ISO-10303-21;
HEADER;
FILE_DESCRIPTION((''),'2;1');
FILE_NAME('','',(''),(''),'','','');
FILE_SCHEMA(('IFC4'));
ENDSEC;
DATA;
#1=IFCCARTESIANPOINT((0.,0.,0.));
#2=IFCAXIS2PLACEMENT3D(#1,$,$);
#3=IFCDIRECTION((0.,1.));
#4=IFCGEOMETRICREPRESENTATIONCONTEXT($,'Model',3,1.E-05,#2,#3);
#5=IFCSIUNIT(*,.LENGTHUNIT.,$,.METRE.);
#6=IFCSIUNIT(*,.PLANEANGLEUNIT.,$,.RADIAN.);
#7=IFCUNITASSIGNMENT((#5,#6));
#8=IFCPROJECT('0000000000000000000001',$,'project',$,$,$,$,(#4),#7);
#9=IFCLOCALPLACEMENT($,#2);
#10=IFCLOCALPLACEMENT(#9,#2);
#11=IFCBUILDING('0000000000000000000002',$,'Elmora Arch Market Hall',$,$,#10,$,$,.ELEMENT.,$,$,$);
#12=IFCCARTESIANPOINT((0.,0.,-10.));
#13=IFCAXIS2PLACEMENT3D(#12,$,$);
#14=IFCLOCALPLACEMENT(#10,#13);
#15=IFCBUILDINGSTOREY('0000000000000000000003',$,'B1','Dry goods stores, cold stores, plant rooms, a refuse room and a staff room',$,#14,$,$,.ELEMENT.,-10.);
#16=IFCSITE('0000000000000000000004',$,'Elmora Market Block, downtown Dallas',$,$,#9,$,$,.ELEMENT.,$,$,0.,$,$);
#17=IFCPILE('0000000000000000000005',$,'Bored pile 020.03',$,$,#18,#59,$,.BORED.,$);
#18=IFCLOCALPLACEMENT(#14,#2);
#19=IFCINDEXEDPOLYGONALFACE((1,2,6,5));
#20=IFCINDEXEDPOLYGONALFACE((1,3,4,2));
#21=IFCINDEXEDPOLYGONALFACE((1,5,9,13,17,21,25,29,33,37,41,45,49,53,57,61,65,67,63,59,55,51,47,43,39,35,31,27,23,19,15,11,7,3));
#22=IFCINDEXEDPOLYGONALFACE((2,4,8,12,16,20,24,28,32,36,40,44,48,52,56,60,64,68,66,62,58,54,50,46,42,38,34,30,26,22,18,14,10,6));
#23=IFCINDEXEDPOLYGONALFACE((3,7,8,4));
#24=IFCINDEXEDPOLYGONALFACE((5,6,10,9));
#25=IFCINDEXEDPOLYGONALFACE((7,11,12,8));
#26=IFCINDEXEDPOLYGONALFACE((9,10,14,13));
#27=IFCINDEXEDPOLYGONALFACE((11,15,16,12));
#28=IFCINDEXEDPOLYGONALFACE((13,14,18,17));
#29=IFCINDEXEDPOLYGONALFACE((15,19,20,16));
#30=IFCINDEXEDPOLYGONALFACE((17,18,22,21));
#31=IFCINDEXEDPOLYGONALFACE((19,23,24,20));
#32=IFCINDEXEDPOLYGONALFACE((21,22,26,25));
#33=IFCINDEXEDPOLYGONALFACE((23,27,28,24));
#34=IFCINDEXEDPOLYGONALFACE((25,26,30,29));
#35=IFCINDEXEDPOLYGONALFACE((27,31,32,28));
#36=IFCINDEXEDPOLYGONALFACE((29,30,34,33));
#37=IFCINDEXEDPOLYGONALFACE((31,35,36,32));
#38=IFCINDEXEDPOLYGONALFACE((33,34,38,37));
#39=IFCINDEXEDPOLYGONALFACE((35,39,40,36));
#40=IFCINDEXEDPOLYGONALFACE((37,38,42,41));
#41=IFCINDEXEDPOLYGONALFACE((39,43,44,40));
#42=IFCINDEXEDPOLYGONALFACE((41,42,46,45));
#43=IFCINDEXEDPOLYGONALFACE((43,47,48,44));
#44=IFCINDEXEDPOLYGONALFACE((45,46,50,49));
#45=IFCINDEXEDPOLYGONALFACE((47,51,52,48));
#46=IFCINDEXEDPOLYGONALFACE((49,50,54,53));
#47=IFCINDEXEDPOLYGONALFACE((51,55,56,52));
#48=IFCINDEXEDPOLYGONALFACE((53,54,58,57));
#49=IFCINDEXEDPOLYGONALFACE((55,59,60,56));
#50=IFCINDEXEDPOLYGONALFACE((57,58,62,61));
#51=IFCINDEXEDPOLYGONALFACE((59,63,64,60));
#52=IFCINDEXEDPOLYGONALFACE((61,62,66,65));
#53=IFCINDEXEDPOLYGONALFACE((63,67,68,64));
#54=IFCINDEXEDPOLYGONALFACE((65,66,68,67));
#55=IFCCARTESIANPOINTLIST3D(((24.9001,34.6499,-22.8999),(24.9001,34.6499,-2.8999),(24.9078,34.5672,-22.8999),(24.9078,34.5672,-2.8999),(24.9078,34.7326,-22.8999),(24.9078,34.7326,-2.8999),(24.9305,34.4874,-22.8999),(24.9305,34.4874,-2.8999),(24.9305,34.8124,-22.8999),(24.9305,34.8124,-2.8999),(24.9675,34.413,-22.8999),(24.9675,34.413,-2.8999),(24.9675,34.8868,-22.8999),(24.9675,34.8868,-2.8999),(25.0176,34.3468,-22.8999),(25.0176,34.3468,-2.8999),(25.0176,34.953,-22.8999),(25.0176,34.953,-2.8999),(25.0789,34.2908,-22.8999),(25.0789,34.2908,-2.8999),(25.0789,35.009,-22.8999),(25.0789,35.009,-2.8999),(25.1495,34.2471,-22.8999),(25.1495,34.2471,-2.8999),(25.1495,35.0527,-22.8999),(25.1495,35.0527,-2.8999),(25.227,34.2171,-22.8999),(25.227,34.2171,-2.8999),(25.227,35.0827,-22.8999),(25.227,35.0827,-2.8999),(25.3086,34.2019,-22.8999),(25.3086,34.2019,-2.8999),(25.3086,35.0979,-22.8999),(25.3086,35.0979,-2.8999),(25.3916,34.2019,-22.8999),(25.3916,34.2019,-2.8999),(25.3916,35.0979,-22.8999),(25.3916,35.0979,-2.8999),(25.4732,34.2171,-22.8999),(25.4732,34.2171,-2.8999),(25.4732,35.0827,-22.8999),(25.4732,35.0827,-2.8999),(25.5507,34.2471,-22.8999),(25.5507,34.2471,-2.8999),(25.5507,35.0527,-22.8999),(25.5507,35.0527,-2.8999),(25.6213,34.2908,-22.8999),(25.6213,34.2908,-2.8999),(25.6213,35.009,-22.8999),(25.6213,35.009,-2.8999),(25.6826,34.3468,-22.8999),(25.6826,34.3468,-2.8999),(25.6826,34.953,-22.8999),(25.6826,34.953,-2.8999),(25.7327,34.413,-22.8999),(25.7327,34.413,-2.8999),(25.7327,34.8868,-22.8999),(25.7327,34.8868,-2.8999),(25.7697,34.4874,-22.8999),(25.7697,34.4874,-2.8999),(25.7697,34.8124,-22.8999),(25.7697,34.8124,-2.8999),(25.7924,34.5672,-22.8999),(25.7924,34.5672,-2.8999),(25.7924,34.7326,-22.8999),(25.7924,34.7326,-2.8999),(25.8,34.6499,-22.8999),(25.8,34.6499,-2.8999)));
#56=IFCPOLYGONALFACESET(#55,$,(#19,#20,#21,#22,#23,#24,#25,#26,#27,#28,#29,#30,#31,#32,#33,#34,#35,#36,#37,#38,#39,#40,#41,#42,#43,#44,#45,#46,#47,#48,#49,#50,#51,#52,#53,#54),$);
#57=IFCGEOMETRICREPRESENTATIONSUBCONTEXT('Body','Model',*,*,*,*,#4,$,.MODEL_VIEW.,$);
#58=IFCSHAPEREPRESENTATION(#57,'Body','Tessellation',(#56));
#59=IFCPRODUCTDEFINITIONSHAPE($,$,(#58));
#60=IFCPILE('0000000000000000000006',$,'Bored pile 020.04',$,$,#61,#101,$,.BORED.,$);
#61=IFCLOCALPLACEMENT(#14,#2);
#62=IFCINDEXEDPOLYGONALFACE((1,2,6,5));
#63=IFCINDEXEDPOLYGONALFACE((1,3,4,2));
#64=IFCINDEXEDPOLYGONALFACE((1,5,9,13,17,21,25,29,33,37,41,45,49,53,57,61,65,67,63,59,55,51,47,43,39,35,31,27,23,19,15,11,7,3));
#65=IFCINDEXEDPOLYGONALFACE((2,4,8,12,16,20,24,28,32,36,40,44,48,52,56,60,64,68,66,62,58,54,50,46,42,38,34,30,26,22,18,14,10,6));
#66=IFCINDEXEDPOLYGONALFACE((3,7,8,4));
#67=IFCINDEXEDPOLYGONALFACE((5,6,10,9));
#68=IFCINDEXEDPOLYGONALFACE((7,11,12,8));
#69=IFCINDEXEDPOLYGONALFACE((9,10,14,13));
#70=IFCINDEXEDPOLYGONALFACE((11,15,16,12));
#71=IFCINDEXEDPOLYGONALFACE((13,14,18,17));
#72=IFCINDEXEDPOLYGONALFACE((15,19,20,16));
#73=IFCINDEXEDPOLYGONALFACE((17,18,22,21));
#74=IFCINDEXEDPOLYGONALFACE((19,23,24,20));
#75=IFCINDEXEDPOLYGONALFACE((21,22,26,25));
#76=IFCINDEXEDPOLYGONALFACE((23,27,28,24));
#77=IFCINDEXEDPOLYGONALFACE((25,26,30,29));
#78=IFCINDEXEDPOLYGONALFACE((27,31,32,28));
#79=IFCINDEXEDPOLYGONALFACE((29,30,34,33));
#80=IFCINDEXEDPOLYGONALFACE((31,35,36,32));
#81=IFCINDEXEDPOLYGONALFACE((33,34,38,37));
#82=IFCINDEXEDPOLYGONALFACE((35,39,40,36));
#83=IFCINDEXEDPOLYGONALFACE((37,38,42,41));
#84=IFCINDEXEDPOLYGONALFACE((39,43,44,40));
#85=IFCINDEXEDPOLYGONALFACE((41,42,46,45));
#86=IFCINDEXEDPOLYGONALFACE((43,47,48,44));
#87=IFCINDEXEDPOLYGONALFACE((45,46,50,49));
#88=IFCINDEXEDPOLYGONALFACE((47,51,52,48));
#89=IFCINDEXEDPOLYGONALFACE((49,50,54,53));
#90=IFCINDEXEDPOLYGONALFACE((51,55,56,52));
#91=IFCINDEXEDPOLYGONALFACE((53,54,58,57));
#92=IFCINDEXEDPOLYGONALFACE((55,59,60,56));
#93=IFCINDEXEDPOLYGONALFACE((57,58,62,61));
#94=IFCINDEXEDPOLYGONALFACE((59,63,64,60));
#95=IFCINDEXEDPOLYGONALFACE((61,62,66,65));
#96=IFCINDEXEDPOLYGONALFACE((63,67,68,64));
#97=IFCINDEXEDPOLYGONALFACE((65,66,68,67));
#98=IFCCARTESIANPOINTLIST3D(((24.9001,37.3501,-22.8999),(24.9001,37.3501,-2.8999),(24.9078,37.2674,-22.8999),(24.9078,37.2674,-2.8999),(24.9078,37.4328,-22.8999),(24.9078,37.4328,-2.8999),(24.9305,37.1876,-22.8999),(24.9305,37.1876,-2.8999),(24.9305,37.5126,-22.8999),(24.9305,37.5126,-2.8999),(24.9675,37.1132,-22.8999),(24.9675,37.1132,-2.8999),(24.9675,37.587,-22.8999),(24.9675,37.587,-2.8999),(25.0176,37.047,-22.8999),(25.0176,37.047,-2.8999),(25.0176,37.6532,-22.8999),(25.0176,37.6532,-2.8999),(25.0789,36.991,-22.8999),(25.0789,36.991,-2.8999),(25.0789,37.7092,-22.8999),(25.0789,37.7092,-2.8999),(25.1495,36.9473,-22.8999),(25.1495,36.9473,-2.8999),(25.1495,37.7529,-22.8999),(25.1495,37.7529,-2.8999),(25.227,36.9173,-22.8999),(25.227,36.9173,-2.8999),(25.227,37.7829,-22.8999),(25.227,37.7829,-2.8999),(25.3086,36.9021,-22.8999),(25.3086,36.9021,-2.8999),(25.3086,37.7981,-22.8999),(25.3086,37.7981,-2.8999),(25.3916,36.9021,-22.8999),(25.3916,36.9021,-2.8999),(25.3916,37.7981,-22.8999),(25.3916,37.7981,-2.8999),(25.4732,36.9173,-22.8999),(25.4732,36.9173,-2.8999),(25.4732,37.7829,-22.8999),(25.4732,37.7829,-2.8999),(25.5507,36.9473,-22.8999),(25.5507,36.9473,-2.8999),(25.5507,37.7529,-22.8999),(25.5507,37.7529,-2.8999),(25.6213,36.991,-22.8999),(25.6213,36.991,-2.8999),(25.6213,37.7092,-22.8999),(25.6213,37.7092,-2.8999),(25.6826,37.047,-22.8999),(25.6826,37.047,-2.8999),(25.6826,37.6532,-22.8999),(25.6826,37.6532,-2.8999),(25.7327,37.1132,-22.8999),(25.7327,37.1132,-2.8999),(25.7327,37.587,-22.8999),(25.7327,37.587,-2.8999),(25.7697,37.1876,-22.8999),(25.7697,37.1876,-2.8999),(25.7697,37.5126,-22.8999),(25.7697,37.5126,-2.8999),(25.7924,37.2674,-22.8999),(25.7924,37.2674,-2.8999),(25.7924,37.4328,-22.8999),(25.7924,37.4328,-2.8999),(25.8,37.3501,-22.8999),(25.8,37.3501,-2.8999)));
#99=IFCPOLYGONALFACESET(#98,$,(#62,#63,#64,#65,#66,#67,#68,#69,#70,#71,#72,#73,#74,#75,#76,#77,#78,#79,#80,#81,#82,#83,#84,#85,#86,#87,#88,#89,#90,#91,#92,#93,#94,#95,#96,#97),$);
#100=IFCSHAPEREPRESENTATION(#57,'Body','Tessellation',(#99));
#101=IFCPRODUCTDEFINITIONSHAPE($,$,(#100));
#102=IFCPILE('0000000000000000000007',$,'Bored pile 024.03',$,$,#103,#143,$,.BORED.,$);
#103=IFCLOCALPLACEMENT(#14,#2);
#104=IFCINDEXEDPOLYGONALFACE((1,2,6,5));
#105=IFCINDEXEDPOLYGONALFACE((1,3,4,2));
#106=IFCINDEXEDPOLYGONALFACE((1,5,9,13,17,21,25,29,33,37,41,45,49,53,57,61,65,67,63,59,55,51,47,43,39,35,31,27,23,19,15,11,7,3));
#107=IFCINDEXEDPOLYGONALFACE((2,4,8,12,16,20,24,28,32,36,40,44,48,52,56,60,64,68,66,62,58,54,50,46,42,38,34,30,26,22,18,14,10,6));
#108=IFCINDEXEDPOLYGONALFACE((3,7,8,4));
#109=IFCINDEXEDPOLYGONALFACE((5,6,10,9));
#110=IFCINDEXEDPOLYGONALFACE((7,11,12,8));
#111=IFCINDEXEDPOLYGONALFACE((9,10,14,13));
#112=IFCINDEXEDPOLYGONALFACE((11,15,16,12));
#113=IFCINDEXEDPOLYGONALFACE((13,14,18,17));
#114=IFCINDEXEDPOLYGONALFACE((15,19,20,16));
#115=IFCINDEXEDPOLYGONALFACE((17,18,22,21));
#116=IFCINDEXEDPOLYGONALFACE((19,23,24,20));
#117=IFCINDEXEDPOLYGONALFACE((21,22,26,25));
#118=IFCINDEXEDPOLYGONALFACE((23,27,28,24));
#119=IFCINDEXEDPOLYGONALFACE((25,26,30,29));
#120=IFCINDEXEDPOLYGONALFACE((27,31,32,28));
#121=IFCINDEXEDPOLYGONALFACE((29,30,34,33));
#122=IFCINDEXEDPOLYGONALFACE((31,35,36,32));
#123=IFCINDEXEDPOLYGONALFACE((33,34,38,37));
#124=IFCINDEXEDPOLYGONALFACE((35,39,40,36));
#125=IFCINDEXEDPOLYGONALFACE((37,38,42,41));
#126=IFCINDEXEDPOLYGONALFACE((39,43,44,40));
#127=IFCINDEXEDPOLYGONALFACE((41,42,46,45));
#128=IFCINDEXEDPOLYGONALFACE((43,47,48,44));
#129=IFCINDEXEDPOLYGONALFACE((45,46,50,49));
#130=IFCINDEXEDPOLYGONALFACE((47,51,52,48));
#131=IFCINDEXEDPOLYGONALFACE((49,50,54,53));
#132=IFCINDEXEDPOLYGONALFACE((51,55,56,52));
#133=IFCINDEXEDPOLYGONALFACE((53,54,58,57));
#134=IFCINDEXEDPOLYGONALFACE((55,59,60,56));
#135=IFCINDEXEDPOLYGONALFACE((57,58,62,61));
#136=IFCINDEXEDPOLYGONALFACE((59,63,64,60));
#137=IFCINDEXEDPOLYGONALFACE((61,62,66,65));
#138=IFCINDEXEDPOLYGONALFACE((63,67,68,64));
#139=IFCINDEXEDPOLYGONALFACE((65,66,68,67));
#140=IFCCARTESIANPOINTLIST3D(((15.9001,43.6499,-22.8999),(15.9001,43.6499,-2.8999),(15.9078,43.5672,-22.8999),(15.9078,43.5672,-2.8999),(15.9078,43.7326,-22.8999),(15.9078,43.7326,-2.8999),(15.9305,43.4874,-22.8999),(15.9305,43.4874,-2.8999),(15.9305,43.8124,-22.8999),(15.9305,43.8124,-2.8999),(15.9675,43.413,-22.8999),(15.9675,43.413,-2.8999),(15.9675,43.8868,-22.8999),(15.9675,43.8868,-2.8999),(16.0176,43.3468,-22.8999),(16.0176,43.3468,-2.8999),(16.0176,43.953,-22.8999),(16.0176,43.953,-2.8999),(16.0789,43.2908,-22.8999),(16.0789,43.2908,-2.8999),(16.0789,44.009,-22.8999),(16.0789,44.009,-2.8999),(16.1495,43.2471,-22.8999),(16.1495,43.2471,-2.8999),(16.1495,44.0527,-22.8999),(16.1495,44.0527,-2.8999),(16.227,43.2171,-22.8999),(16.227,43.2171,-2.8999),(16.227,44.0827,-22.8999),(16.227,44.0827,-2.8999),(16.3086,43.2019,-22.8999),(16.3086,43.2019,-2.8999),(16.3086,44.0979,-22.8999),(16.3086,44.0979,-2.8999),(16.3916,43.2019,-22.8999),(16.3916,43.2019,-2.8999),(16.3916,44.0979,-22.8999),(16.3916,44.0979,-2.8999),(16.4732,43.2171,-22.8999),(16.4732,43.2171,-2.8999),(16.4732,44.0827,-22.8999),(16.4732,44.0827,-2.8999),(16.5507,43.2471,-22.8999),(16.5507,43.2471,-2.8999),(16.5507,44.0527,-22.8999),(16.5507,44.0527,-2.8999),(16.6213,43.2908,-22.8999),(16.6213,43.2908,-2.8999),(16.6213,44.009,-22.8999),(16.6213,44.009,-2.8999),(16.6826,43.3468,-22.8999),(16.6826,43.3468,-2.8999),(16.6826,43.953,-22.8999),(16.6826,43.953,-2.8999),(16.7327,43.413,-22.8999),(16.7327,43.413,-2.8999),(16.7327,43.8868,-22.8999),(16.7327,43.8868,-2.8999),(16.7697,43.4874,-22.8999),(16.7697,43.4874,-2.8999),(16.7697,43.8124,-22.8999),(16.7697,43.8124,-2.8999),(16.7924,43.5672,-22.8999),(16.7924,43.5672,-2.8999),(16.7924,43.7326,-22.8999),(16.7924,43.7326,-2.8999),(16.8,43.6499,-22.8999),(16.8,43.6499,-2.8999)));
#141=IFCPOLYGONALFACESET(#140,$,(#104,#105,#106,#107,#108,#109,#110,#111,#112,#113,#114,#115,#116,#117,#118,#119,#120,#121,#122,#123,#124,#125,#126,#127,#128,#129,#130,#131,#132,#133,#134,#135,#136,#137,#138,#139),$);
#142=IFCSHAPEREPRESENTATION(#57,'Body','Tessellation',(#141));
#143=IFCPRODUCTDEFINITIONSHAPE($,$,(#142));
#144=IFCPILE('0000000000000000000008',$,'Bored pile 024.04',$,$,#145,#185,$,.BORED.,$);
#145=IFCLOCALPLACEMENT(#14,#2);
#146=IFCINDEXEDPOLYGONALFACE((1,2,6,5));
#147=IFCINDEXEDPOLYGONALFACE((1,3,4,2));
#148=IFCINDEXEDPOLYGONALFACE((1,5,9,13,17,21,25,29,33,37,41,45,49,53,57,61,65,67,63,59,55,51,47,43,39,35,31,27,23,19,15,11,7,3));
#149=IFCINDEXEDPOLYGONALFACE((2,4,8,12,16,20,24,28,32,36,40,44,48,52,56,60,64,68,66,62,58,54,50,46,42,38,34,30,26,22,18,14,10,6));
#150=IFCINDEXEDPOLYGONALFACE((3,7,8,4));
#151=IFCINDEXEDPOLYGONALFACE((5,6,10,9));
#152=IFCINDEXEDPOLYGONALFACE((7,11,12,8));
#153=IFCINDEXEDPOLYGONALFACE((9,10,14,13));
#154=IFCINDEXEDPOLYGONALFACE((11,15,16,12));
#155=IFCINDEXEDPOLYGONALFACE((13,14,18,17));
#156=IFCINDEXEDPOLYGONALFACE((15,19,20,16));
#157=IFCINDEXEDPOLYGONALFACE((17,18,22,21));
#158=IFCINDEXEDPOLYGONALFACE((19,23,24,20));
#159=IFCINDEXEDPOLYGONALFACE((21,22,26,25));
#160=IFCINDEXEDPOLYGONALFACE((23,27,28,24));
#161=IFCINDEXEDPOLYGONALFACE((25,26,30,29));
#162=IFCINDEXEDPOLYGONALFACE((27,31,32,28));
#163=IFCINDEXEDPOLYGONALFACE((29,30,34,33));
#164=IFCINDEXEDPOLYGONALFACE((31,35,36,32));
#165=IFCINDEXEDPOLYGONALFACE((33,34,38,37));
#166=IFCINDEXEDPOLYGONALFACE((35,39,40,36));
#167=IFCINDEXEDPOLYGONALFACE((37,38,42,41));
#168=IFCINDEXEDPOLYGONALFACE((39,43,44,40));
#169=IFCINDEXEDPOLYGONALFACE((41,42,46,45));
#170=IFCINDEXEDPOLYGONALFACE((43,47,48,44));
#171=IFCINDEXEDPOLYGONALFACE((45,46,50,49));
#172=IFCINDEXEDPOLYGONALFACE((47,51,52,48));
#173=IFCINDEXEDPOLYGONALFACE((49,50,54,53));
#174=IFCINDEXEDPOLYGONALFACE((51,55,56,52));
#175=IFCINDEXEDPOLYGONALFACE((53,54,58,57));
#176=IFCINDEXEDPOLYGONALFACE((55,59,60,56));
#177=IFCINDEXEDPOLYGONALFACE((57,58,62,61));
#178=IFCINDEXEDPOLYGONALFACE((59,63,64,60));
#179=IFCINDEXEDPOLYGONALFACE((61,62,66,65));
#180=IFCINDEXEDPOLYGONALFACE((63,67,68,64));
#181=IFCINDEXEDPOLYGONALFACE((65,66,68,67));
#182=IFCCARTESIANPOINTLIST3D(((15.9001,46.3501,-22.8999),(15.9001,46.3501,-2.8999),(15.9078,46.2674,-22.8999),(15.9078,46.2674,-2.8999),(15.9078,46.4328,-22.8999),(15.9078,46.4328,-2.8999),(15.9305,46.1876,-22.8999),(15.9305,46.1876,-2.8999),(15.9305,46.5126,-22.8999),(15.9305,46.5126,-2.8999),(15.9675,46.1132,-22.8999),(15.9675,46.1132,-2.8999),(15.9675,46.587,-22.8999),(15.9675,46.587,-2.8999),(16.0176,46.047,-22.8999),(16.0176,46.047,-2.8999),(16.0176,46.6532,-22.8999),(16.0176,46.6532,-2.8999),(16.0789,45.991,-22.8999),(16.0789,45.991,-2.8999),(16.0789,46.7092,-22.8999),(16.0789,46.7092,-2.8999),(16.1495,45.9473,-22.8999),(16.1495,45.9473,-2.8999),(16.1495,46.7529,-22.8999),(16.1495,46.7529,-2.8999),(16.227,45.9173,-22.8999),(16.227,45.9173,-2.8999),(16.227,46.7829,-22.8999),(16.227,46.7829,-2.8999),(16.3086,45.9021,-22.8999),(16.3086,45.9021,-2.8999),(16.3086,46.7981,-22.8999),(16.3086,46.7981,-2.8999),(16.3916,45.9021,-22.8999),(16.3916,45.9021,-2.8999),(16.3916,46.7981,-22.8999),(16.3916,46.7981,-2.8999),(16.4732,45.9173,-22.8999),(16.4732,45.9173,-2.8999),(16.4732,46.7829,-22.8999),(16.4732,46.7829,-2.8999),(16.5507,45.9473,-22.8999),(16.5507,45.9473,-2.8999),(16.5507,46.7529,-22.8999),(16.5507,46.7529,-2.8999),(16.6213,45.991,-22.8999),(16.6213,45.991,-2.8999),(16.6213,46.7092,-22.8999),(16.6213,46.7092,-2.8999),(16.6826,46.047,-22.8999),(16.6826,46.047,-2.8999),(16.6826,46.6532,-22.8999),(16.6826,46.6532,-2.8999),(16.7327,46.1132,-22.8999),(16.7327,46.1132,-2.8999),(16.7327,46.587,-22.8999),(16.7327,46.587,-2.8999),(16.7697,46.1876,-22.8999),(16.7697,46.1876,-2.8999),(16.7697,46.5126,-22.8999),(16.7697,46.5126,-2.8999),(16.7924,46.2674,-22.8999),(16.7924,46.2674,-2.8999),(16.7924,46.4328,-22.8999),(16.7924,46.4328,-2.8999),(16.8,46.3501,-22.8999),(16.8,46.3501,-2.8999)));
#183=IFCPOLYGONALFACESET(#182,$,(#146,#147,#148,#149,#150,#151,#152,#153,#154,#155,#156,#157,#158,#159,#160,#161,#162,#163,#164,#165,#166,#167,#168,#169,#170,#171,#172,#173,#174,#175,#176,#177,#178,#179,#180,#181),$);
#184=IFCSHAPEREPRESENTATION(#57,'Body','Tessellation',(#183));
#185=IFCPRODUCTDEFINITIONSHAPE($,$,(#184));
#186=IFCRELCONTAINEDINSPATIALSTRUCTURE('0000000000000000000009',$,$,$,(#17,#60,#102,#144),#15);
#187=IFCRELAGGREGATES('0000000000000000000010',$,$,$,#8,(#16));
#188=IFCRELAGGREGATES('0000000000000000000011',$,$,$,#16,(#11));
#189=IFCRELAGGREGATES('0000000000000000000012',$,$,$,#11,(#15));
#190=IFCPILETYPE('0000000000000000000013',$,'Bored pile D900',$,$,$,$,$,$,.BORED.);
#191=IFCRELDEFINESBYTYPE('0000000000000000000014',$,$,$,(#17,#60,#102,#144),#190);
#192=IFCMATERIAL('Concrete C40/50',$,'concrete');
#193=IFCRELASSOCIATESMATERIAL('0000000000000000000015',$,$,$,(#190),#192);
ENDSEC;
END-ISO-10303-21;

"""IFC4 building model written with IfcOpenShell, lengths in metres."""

from ifc_helpers import new_model, si_unit, direction, frame, origin, origin_2d, place, context, subcontext, project, spatial, circle, extrude, material, material_profile, profile_set, type_object, element, save


model = new_model("IFC4")

# Units and contexts
model_context = context("Model", 3, precision=1e-05, world=origin(), true_north=direction((0.0, 1.0)))
body_context = subcontext(model_context, "Body", "Model", "MODEL_VIEW")
ifc_project = project(units=[si_unit("LENGTHUNIT", "METRE"), si_unit("PLANEANGLEUNIT", "RADIAN")], contexts=[model_context])

# Site, building, storey
site_placement = place(None, origin())
site = spatial("IfcSite", under=ifc_project, at=site_placement, Name="Elmora Market Block, downtown Dallas", CompositionType="ELEMENT", RefElevation=0.0)
building_placement = place(site_placement, origin())
building = spatial("IfcBuilding", under=site, at=building_placement, Name="Elmora Arch Market Hall", CompositionType="ELEMENT")
storey_placement = place(building_placement, frame((0.0, 0.0, -10.0)))
storey = spatial("IfcBuildingStorey", under=building, at=storey_placement, Name="B1", Description="Dry goods stores, cold stores, plant rooms, a refuse room and a staff room", CompositionType="ELEMENT", Elevation=-10.0)

# Piles
ifc_material_1 = material(Name="Concrete C40/50", Category="concrete")
ifc_material_profile_1 = material_profile(ifc_material_1, circle(Radius=0.45, at=origin_2d()), Name="Bored pile D900")
ifc_profile_set_1 = profile_set([ifc_material_profile_1], Name="Concrete C40/50")
pile_type = type_object("IfcPileType", Name="Bored pile D900", PredefinedType="BORED", material=ifc_profile_set_1)
for number, where, z_axis, x_axis, name in (
    (1, (25.3501, 34.6499, -2.8999), (0.0, 0.0, -1.0), (1.0, 0.0, 0.0), "Bored pile 020.03"),
    (2, (25.3501, 37.3501, -2.8999), (0.0, 0.0, -1.0), (1.0, 0.0, 0.0), "Bored pile 020.04"),
    (3, (16.3501, 43.6499, -2.8999), (0.0, 0.0, -1.0), (1.0, 0.0, 0.0), "Bored pile 024.03"),
    (4, (16.3501, 46.3501, -2.8999), (0.0, 0.0, -1.0), (1.0, 0.0, 0.0), "Bored pile 024.04"),
):
    element("IfcPile", number, at=place(storey_placement, frame(where, z_axis=z_axis, x_axis=x_axis)), inside=storey, type_object=pile_type, Name=name, PredefinedType="BORED", context=body_context, shape_type="SweptSolid", body=[
        extrude(circle(Radius=0.45, at=origin_2d()), origin(), (0.0, 0.0, 1.0), 20.0),
    ])

save(model, "model.ifc")
